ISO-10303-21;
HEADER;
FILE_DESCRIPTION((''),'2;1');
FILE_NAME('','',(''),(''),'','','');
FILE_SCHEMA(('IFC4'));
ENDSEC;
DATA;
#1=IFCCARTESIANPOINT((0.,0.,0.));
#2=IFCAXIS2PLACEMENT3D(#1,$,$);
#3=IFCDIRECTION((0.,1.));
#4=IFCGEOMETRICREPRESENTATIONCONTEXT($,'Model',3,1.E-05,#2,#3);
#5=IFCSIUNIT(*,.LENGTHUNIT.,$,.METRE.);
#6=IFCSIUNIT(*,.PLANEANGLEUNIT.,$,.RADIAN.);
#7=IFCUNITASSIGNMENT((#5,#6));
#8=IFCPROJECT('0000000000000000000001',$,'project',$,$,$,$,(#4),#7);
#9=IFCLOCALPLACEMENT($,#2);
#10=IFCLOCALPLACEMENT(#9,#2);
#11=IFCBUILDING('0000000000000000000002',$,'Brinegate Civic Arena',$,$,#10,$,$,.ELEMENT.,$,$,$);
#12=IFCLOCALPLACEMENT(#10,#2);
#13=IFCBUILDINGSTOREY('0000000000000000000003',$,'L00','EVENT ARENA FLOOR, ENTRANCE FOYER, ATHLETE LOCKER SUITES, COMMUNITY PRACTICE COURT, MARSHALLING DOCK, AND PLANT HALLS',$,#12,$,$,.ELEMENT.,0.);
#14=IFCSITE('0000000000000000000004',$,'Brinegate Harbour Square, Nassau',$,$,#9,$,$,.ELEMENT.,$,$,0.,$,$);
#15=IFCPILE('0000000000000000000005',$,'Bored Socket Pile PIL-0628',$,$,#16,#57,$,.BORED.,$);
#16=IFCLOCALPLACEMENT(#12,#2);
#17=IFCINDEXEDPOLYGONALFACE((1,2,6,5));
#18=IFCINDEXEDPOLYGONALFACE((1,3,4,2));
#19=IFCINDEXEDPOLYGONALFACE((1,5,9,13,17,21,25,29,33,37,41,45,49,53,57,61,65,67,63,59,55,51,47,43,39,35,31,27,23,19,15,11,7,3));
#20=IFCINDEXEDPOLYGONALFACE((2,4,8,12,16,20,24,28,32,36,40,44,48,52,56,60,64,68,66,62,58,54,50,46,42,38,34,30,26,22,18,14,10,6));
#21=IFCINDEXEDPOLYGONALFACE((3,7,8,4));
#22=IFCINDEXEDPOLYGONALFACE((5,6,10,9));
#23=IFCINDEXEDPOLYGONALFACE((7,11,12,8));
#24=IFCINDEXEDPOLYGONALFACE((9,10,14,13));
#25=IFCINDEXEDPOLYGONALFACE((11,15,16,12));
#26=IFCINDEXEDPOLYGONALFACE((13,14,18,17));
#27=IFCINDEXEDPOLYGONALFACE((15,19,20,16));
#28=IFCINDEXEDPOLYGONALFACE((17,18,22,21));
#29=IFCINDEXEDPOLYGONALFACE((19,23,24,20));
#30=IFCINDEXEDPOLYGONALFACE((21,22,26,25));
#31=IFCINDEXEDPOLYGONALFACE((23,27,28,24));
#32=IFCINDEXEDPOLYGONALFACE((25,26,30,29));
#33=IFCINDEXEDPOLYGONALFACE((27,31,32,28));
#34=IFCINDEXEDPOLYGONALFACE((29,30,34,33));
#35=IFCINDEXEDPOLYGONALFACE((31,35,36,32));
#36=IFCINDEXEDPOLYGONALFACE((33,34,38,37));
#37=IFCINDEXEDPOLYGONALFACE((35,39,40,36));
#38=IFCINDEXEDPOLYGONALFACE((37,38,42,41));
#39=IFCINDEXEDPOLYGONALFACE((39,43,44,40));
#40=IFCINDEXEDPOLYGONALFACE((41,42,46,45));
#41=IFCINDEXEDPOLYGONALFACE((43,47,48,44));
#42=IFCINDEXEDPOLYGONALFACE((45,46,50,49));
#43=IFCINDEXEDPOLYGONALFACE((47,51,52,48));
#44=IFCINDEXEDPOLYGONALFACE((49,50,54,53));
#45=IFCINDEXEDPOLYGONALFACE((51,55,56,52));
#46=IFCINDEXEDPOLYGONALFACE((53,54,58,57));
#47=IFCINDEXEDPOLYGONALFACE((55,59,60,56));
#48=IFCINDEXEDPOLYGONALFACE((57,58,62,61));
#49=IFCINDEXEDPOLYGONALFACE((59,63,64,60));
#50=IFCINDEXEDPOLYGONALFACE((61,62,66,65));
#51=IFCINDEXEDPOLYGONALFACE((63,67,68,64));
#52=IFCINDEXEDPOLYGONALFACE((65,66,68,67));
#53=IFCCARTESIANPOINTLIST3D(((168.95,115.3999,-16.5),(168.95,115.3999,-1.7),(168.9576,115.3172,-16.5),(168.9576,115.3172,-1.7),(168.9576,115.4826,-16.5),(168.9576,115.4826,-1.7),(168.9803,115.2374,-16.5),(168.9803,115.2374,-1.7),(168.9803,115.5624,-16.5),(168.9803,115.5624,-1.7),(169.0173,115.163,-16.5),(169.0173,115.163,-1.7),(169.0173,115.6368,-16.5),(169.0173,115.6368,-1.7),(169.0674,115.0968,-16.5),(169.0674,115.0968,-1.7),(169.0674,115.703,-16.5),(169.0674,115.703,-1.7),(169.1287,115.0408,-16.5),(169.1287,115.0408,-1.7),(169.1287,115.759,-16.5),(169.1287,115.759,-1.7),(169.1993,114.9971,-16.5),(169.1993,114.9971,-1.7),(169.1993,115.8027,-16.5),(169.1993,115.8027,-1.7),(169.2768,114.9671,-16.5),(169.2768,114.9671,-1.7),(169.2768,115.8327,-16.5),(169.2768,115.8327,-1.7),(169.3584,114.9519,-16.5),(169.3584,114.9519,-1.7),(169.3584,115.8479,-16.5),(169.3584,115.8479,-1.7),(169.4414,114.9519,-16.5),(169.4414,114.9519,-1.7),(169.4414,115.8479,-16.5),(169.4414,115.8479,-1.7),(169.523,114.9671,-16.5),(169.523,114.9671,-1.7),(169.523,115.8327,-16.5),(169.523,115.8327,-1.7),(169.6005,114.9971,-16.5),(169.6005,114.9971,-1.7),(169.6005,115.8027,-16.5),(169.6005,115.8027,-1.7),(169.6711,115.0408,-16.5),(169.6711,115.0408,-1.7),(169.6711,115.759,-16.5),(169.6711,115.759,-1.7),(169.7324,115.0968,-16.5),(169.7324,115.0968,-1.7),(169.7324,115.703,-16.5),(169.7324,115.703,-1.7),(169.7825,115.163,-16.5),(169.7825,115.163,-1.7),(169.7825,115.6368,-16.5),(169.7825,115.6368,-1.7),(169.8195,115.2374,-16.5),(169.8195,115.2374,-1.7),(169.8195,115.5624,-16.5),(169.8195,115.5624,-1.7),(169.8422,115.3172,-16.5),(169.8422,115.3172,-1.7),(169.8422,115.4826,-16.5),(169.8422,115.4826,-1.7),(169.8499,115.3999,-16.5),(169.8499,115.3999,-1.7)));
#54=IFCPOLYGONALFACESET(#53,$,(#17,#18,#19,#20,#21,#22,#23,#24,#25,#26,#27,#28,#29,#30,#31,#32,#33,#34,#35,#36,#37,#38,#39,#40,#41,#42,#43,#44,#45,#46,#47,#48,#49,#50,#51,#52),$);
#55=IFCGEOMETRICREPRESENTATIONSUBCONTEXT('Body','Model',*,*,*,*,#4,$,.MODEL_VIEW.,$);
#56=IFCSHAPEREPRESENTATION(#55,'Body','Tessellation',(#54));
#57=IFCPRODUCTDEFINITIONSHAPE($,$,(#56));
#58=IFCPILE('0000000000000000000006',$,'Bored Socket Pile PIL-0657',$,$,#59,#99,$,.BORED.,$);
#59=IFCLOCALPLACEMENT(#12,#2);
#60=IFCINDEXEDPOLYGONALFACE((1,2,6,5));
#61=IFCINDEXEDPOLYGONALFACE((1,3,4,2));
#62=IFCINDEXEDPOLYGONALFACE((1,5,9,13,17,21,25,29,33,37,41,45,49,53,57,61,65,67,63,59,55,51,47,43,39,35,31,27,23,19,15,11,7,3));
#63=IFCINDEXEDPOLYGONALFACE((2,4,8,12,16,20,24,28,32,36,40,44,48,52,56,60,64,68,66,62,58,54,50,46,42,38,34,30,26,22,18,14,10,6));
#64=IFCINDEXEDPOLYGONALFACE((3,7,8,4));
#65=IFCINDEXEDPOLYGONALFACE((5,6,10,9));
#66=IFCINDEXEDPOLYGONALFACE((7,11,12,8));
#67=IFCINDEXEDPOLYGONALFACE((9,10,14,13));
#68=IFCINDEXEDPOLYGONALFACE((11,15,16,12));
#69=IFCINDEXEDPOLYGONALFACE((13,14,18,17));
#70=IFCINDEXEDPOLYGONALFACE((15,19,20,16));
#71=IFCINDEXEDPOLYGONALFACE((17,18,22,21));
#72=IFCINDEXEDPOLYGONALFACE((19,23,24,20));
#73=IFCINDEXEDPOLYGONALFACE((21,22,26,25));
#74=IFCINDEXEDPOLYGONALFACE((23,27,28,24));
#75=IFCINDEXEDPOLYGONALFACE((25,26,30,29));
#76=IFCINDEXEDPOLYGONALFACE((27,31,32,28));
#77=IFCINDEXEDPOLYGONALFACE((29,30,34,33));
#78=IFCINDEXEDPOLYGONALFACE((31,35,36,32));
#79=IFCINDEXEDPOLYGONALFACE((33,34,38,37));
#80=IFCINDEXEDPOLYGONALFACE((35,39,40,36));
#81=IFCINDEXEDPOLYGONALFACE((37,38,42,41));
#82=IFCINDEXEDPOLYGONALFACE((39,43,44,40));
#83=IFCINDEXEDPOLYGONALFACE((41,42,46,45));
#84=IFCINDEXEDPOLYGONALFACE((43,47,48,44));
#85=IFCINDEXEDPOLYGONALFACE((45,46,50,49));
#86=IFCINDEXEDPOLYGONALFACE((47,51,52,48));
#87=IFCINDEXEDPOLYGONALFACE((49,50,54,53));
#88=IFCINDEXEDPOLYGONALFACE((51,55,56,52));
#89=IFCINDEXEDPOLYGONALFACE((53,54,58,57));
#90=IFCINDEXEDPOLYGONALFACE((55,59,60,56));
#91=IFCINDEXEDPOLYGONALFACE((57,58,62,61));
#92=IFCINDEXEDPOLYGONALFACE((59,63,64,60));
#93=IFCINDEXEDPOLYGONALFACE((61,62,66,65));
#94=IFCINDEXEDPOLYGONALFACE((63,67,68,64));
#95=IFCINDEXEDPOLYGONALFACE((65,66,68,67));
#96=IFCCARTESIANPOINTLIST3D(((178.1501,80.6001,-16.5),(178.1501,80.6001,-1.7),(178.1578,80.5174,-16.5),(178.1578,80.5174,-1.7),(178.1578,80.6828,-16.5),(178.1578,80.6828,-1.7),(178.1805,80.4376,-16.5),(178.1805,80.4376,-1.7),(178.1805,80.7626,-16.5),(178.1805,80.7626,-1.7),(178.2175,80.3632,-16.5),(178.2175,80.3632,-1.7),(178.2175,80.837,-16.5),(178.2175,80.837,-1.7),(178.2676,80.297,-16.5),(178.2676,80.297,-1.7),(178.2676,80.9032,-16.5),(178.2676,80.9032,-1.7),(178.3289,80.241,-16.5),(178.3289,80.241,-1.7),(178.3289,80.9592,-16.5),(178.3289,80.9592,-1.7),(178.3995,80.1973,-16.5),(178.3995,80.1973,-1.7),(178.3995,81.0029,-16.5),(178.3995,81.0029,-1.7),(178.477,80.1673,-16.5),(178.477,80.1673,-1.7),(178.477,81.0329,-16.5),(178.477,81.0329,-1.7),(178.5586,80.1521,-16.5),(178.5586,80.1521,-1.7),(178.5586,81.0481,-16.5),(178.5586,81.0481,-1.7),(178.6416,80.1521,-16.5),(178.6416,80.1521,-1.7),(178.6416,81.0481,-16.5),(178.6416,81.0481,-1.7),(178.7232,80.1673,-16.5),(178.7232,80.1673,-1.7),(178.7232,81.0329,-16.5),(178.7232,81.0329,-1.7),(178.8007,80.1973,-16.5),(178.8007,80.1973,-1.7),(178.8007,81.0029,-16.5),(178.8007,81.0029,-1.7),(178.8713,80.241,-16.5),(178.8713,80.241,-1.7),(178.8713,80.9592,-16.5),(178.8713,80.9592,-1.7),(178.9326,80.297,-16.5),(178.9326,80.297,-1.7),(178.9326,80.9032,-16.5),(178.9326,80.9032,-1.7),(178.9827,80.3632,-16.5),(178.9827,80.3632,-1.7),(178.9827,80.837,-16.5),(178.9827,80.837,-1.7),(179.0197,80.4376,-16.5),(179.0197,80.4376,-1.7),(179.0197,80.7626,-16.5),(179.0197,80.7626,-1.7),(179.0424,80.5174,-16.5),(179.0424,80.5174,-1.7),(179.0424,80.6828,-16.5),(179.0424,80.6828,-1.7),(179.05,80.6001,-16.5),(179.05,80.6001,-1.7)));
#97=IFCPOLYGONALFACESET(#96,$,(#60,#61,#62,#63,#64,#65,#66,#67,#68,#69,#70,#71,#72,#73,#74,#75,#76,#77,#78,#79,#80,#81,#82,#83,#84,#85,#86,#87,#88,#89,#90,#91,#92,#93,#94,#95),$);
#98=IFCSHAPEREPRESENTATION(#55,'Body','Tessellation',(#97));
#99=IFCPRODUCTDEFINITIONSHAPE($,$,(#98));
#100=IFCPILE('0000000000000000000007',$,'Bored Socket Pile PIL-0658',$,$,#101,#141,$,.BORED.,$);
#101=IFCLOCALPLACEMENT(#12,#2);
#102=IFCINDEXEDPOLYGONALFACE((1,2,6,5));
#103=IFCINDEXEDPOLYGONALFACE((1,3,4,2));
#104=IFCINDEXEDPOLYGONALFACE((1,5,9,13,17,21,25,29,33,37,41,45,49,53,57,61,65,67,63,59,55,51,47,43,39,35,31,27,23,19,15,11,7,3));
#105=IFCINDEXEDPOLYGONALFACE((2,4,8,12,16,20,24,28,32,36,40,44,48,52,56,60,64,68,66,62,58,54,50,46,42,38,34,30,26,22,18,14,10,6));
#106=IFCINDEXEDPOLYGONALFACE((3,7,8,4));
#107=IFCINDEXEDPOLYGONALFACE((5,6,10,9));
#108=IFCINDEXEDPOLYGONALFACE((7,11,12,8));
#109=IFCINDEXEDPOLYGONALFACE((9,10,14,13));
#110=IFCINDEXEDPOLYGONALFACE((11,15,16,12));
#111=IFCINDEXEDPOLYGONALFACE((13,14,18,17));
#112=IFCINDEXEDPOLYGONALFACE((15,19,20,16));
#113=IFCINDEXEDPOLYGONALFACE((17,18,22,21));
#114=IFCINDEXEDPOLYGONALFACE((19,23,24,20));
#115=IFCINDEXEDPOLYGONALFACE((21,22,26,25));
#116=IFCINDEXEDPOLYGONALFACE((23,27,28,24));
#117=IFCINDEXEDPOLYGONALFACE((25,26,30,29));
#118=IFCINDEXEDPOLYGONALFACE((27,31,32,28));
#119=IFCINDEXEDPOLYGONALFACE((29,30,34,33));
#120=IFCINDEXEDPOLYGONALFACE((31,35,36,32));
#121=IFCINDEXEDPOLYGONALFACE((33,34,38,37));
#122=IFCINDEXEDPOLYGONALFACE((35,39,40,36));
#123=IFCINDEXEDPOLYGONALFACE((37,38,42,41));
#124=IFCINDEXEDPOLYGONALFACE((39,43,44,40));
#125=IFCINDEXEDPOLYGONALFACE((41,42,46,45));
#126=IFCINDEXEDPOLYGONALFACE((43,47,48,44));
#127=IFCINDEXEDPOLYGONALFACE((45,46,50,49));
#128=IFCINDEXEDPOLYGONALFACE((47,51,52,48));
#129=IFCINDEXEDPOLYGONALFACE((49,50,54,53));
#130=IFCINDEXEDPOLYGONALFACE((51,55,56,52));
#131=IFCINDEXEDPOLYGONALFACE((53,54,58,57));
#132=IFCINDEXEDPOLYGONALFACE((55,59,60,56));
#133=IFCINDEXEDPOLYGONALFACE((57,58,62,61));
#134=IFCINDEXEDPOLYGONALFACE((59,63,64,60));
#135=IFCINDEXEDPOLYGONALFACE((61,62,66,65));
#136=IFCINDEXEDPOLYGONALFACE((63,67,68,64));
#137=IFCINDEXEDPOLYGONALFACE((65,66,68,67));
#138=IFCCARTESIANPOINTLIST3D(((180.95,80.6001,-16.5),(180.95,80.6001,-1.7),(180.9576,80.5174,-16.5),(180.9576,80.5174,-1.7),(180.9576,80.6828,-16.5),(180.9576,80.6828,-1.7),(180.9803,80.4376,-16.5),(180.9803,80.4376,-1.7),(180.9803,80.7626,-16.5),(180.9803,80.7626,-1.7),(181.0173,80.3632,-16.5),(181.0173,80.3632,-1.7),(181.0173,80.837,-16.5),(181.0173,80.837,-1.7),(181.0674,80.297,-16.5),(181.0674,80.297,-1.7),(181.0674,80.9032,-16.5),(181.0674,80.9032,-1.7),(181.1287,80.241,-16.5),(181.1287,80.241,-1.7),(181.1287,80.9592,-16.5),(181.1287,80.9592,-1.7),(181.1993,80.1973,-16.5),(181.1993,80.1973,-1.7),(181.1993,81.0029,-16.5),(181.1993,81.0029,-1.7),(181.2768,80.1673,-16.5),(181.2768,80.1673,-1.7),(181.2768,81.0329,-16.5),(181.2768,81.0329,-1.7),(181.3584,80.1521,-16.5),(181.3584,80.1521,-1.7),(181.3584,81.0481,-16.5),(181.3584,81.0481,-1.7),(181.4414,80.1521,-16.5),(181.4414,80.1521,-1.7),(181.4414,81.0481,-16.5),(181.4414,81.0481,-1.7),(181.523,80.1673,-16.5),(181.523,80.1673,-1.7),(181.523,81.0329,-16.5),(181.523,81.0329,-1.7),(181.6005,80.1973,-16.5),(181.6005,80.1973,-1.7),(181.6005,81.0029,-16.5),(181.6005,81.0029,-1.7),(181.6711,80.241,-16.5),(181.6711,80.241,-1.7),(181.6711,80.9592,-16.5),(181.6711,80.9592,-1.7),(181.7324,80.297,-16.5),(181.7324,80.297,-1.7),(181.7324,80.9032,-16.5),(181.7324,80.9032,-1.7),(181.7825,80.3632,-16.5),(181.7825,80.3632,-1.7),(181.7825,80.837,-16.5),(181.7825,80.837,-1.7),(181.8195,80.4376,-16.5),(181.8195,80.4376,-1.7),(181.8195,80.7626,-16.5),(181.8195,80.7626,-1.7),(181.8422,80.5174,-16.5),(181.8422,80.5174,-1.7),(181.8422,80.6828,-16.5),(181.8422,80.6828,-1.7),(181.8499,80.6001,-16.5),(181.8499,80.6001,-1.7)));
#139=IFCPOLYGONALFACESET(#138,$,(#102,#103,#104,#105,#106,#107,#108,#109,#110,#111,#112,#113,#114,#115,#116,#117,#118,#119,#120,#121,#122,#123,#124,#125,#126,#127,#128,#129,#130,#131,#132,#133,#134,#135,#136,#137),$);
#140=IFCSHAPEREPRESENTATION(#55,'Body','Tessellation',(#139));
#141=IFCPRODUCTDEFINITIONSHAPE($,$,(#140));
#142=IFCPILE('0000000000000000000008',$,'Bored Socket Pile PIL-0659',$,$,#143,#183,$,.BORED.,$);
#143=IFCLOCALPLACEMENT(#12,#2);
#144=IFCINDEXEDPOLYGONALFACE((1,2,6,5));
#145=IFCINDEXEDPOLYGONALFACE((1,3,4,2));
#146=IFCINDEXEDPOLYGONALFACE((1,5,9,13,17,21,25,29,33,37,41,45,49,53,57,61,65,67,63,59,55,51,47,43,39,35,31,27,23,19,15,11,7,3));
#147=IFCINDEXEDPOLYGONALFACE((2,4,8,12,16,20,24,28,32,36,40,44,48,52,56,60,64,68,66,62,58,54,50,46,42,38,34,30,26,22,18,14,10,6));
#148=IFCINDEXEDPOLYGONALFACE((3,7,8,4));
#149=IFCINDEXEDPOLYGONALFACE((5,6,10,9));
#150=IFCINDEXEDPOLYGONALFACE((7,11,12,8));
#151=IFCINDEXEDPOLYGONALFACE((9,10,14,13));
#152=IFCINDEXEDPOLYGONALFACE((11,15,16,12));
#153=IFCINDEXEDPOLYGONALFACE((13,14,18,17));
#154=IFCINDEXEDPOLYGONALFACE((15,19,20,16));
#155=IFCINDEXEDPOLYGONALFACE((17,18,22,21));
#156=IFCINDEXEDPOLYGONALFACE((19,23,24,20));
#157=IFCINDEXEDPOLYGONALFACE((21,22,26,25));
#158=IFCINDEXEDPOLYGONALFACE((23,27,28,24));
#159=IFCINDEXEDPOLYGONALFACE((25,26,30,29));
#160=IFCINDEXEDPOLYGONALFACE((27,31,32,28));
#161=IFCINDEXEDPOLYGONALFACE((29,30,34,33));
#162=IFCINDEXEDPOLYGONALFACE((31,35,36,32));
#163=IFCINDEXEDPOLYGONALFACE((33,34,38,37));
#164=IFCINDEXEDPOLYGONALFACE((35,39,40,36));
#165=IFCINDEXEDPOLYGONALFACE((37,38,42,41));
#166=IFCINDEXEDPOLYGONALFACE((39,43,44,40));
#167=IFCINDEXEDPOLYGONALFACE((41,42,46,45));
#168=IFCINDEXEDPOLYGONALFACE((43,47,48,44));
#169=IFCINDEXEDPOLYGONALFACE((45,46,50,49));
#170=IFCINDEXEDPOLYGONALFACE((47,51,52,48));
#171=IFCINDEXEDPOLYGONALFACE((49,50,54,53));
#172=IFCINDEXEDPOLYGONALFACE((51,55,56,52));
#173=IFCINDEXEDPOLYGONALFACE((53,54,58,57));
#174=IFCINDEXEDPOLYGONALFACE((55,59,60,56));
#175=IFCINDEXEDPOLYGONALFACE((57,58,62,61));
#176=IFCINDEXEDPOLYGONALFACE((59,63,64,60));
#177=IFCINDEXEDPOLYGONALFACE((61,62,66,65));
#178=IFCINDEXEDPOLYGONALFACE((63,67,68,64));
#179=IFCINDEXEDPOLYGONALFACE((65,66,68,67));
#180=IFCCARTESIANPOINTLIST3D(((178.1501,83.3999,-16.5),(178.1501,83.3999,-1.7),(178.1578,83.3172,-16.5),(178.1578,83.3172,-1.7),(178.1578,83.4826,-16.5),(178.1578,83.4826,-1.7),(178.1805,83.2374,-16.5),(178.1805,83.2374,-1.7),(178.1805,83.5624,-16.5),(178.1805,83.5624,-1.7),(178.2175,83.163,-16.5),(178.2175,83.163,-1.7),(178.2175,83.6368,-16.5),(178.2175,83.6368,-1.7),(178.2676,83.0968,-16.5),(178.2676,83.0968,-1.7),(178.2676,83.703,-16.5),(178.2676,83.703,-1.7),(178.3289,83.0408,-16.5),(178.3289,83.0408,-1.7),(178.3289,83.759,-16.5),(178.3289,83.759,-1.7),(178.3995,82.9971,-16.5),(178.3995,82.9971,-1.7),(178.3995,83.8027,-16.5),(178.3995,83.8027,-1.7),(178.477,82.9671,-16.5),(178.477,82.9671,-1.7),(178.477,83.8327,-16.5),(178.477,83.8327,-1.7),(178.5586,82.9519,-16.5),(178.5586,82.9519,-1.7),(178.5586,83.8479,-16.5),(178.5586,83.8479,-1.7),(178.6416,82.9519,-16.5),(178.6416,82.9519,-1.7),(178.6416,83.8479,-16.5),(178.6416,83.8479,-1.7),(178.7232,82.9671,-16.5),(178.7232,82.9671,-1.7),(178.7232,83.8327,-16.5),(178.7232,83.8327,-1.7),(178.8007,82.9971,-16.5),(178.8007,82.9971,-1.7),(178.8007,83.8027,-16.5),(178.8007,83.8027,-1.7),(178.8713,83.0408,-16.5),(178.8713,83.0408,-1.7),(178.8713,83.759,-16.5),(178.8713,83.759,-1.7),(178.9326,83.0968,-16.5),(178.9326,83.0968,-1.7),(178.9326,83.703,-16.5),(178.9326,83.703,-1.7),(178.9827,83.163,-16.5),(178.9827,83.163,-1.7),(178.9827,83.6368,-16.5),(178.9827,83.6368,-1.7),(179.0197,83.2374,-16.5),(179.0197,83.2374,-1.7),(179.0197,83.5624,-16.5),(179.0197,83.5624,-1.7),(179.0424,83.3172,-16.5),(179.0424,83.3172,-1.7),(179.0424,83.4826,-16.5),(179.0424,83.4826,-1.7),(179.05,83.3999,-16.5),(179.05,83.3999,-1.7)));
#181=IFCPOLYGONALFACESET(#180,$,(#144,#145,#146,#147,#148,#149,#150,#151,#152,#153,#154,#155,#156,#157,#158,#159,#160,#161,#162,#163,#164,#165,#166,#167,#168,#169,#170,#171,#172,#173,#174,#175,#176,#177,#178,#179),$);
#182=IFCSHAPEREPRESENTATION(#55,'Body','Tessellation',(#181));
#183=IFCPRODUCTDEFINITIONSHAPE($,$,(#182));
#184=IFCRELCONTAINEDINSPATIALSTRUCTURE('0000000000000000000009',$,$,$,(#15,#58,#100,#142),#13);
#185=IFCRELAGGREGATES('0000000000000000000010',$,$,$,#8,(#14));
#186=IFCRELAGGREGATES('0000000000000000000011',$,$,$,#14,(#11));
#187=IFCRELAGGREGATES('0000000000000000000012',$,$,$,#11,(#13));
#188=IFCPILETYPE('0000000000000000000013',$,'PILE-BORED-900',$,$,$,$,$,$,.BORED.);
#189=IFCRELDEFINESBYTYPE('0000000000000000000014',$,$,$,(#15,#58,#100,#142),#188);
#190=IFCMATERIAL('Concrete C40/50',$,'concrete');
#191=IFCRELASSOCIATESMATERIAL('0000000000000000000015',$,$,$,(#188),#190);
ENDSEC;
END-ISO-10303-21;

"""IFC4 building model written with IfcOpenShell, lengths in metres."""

from ifc_helpers import new_model, si_unit, direction, frame, origin, origin_2d, place, context, subcontext, project, spatial, circle, extrude, material, material_profile, profile_set, type_object, element, save


model = new_model("IFC4")

# Units and contexts
model_context = context("Model", 3, precision=1e-05, world=origin(), true_north=direction((0.0, 1.0)))
body_context = subcontext(model_context, "Body", "Model", "MODEL_VIEW")
ifc_project = project(units=[si_unit("LENGTHUNIT", "METRE"), si_unit("PLANEANGLEUNIT", "RADIAN")], contexts=[model_context])

# Site, building, storey
site_placement = place(None, origin())
site = spatial("IfcSite", under=ifc_project, at=site_placement, Name="Brinegate Harbour Square, Nassau", CompositionType="ELEMENT", RefElevation=0.0)
building_placement = place(site_placement, origin())
building = spatial("IfcBuilding", under=site, at=building_placement, Name="Brinegate Civic Arena", CompositionType="ELEMENT")
storey_placement = place(building_placement, origin())
storey = spatial("IfcBuildingStorey", under=building, at=storey_placement, Name="L00", Description="EVENT ARENA FLOOR, ENTRANCE FOYER, ATHLETE LOCKER SUITES, COMMUNITY PRACTICE COURT, MARSHALLING DOCK, AND PLANT HALLS", CompositionType="ELEMENT", Elevation=0.0)

# Shared definitions
ifc_material_1 = material(Name="Concrete C40/50", Category="concrete")

# Piles
ifc_material_profile_1 = material_profile(ifc_material_1, circle(Radius=0.45, at=origin_2d()), Name="PILED900")
ifc_profile_set_1 = profile_set([ifc_material_profile_1], Name="Concrete C40/50")
pile_type_1 = type_object("IfcPileType", Name="PILE-BORED-900", PredefinedType="BORED", material=ifc_profile_set_1)
for number, where, z_axis, x_axis, name in (
    (1, (169.3999, 115.3999, -1.7), (0.0, 0.0, -1.0), (1.0, 0.0, 0.0), "Bored Socket Pile PIL-0628"),
    (2, (178.6001, 80.6001, -1.7), (0.0, 0.0, -1.0), (1.0, 0.0, 0.0), "Bored Socket Pile PIL-0657"),
    (3, (181.3999, 80.6001, -1.7), (0.0, 0.0, -1.0), (1.0, 0.0, 0.0), "Bored Socket Pile PIL-0658"),
    (4, (178.6001, 83.3999, -1.7), (0.0, 0.0, -1.0), (1.0, 0.0, 0.0), "Bored Socket Pile PIL-0659"),
):
    element("IfcPile", number, at=place(storey_placement, frame(where, z_axis=z_axis, x_axis=x_axis)), inside=storey, type_object=pile_type_1, Name=name, PredefinedType="BORED", context=body_context, shape_type="SweptSolid", body=[
        extrude(circle(Radius=0.45, at=origin_2d()), origin(), (0.0, 0.0, 1.0), 14.8),
    ])

save(model, "model.ifc")
